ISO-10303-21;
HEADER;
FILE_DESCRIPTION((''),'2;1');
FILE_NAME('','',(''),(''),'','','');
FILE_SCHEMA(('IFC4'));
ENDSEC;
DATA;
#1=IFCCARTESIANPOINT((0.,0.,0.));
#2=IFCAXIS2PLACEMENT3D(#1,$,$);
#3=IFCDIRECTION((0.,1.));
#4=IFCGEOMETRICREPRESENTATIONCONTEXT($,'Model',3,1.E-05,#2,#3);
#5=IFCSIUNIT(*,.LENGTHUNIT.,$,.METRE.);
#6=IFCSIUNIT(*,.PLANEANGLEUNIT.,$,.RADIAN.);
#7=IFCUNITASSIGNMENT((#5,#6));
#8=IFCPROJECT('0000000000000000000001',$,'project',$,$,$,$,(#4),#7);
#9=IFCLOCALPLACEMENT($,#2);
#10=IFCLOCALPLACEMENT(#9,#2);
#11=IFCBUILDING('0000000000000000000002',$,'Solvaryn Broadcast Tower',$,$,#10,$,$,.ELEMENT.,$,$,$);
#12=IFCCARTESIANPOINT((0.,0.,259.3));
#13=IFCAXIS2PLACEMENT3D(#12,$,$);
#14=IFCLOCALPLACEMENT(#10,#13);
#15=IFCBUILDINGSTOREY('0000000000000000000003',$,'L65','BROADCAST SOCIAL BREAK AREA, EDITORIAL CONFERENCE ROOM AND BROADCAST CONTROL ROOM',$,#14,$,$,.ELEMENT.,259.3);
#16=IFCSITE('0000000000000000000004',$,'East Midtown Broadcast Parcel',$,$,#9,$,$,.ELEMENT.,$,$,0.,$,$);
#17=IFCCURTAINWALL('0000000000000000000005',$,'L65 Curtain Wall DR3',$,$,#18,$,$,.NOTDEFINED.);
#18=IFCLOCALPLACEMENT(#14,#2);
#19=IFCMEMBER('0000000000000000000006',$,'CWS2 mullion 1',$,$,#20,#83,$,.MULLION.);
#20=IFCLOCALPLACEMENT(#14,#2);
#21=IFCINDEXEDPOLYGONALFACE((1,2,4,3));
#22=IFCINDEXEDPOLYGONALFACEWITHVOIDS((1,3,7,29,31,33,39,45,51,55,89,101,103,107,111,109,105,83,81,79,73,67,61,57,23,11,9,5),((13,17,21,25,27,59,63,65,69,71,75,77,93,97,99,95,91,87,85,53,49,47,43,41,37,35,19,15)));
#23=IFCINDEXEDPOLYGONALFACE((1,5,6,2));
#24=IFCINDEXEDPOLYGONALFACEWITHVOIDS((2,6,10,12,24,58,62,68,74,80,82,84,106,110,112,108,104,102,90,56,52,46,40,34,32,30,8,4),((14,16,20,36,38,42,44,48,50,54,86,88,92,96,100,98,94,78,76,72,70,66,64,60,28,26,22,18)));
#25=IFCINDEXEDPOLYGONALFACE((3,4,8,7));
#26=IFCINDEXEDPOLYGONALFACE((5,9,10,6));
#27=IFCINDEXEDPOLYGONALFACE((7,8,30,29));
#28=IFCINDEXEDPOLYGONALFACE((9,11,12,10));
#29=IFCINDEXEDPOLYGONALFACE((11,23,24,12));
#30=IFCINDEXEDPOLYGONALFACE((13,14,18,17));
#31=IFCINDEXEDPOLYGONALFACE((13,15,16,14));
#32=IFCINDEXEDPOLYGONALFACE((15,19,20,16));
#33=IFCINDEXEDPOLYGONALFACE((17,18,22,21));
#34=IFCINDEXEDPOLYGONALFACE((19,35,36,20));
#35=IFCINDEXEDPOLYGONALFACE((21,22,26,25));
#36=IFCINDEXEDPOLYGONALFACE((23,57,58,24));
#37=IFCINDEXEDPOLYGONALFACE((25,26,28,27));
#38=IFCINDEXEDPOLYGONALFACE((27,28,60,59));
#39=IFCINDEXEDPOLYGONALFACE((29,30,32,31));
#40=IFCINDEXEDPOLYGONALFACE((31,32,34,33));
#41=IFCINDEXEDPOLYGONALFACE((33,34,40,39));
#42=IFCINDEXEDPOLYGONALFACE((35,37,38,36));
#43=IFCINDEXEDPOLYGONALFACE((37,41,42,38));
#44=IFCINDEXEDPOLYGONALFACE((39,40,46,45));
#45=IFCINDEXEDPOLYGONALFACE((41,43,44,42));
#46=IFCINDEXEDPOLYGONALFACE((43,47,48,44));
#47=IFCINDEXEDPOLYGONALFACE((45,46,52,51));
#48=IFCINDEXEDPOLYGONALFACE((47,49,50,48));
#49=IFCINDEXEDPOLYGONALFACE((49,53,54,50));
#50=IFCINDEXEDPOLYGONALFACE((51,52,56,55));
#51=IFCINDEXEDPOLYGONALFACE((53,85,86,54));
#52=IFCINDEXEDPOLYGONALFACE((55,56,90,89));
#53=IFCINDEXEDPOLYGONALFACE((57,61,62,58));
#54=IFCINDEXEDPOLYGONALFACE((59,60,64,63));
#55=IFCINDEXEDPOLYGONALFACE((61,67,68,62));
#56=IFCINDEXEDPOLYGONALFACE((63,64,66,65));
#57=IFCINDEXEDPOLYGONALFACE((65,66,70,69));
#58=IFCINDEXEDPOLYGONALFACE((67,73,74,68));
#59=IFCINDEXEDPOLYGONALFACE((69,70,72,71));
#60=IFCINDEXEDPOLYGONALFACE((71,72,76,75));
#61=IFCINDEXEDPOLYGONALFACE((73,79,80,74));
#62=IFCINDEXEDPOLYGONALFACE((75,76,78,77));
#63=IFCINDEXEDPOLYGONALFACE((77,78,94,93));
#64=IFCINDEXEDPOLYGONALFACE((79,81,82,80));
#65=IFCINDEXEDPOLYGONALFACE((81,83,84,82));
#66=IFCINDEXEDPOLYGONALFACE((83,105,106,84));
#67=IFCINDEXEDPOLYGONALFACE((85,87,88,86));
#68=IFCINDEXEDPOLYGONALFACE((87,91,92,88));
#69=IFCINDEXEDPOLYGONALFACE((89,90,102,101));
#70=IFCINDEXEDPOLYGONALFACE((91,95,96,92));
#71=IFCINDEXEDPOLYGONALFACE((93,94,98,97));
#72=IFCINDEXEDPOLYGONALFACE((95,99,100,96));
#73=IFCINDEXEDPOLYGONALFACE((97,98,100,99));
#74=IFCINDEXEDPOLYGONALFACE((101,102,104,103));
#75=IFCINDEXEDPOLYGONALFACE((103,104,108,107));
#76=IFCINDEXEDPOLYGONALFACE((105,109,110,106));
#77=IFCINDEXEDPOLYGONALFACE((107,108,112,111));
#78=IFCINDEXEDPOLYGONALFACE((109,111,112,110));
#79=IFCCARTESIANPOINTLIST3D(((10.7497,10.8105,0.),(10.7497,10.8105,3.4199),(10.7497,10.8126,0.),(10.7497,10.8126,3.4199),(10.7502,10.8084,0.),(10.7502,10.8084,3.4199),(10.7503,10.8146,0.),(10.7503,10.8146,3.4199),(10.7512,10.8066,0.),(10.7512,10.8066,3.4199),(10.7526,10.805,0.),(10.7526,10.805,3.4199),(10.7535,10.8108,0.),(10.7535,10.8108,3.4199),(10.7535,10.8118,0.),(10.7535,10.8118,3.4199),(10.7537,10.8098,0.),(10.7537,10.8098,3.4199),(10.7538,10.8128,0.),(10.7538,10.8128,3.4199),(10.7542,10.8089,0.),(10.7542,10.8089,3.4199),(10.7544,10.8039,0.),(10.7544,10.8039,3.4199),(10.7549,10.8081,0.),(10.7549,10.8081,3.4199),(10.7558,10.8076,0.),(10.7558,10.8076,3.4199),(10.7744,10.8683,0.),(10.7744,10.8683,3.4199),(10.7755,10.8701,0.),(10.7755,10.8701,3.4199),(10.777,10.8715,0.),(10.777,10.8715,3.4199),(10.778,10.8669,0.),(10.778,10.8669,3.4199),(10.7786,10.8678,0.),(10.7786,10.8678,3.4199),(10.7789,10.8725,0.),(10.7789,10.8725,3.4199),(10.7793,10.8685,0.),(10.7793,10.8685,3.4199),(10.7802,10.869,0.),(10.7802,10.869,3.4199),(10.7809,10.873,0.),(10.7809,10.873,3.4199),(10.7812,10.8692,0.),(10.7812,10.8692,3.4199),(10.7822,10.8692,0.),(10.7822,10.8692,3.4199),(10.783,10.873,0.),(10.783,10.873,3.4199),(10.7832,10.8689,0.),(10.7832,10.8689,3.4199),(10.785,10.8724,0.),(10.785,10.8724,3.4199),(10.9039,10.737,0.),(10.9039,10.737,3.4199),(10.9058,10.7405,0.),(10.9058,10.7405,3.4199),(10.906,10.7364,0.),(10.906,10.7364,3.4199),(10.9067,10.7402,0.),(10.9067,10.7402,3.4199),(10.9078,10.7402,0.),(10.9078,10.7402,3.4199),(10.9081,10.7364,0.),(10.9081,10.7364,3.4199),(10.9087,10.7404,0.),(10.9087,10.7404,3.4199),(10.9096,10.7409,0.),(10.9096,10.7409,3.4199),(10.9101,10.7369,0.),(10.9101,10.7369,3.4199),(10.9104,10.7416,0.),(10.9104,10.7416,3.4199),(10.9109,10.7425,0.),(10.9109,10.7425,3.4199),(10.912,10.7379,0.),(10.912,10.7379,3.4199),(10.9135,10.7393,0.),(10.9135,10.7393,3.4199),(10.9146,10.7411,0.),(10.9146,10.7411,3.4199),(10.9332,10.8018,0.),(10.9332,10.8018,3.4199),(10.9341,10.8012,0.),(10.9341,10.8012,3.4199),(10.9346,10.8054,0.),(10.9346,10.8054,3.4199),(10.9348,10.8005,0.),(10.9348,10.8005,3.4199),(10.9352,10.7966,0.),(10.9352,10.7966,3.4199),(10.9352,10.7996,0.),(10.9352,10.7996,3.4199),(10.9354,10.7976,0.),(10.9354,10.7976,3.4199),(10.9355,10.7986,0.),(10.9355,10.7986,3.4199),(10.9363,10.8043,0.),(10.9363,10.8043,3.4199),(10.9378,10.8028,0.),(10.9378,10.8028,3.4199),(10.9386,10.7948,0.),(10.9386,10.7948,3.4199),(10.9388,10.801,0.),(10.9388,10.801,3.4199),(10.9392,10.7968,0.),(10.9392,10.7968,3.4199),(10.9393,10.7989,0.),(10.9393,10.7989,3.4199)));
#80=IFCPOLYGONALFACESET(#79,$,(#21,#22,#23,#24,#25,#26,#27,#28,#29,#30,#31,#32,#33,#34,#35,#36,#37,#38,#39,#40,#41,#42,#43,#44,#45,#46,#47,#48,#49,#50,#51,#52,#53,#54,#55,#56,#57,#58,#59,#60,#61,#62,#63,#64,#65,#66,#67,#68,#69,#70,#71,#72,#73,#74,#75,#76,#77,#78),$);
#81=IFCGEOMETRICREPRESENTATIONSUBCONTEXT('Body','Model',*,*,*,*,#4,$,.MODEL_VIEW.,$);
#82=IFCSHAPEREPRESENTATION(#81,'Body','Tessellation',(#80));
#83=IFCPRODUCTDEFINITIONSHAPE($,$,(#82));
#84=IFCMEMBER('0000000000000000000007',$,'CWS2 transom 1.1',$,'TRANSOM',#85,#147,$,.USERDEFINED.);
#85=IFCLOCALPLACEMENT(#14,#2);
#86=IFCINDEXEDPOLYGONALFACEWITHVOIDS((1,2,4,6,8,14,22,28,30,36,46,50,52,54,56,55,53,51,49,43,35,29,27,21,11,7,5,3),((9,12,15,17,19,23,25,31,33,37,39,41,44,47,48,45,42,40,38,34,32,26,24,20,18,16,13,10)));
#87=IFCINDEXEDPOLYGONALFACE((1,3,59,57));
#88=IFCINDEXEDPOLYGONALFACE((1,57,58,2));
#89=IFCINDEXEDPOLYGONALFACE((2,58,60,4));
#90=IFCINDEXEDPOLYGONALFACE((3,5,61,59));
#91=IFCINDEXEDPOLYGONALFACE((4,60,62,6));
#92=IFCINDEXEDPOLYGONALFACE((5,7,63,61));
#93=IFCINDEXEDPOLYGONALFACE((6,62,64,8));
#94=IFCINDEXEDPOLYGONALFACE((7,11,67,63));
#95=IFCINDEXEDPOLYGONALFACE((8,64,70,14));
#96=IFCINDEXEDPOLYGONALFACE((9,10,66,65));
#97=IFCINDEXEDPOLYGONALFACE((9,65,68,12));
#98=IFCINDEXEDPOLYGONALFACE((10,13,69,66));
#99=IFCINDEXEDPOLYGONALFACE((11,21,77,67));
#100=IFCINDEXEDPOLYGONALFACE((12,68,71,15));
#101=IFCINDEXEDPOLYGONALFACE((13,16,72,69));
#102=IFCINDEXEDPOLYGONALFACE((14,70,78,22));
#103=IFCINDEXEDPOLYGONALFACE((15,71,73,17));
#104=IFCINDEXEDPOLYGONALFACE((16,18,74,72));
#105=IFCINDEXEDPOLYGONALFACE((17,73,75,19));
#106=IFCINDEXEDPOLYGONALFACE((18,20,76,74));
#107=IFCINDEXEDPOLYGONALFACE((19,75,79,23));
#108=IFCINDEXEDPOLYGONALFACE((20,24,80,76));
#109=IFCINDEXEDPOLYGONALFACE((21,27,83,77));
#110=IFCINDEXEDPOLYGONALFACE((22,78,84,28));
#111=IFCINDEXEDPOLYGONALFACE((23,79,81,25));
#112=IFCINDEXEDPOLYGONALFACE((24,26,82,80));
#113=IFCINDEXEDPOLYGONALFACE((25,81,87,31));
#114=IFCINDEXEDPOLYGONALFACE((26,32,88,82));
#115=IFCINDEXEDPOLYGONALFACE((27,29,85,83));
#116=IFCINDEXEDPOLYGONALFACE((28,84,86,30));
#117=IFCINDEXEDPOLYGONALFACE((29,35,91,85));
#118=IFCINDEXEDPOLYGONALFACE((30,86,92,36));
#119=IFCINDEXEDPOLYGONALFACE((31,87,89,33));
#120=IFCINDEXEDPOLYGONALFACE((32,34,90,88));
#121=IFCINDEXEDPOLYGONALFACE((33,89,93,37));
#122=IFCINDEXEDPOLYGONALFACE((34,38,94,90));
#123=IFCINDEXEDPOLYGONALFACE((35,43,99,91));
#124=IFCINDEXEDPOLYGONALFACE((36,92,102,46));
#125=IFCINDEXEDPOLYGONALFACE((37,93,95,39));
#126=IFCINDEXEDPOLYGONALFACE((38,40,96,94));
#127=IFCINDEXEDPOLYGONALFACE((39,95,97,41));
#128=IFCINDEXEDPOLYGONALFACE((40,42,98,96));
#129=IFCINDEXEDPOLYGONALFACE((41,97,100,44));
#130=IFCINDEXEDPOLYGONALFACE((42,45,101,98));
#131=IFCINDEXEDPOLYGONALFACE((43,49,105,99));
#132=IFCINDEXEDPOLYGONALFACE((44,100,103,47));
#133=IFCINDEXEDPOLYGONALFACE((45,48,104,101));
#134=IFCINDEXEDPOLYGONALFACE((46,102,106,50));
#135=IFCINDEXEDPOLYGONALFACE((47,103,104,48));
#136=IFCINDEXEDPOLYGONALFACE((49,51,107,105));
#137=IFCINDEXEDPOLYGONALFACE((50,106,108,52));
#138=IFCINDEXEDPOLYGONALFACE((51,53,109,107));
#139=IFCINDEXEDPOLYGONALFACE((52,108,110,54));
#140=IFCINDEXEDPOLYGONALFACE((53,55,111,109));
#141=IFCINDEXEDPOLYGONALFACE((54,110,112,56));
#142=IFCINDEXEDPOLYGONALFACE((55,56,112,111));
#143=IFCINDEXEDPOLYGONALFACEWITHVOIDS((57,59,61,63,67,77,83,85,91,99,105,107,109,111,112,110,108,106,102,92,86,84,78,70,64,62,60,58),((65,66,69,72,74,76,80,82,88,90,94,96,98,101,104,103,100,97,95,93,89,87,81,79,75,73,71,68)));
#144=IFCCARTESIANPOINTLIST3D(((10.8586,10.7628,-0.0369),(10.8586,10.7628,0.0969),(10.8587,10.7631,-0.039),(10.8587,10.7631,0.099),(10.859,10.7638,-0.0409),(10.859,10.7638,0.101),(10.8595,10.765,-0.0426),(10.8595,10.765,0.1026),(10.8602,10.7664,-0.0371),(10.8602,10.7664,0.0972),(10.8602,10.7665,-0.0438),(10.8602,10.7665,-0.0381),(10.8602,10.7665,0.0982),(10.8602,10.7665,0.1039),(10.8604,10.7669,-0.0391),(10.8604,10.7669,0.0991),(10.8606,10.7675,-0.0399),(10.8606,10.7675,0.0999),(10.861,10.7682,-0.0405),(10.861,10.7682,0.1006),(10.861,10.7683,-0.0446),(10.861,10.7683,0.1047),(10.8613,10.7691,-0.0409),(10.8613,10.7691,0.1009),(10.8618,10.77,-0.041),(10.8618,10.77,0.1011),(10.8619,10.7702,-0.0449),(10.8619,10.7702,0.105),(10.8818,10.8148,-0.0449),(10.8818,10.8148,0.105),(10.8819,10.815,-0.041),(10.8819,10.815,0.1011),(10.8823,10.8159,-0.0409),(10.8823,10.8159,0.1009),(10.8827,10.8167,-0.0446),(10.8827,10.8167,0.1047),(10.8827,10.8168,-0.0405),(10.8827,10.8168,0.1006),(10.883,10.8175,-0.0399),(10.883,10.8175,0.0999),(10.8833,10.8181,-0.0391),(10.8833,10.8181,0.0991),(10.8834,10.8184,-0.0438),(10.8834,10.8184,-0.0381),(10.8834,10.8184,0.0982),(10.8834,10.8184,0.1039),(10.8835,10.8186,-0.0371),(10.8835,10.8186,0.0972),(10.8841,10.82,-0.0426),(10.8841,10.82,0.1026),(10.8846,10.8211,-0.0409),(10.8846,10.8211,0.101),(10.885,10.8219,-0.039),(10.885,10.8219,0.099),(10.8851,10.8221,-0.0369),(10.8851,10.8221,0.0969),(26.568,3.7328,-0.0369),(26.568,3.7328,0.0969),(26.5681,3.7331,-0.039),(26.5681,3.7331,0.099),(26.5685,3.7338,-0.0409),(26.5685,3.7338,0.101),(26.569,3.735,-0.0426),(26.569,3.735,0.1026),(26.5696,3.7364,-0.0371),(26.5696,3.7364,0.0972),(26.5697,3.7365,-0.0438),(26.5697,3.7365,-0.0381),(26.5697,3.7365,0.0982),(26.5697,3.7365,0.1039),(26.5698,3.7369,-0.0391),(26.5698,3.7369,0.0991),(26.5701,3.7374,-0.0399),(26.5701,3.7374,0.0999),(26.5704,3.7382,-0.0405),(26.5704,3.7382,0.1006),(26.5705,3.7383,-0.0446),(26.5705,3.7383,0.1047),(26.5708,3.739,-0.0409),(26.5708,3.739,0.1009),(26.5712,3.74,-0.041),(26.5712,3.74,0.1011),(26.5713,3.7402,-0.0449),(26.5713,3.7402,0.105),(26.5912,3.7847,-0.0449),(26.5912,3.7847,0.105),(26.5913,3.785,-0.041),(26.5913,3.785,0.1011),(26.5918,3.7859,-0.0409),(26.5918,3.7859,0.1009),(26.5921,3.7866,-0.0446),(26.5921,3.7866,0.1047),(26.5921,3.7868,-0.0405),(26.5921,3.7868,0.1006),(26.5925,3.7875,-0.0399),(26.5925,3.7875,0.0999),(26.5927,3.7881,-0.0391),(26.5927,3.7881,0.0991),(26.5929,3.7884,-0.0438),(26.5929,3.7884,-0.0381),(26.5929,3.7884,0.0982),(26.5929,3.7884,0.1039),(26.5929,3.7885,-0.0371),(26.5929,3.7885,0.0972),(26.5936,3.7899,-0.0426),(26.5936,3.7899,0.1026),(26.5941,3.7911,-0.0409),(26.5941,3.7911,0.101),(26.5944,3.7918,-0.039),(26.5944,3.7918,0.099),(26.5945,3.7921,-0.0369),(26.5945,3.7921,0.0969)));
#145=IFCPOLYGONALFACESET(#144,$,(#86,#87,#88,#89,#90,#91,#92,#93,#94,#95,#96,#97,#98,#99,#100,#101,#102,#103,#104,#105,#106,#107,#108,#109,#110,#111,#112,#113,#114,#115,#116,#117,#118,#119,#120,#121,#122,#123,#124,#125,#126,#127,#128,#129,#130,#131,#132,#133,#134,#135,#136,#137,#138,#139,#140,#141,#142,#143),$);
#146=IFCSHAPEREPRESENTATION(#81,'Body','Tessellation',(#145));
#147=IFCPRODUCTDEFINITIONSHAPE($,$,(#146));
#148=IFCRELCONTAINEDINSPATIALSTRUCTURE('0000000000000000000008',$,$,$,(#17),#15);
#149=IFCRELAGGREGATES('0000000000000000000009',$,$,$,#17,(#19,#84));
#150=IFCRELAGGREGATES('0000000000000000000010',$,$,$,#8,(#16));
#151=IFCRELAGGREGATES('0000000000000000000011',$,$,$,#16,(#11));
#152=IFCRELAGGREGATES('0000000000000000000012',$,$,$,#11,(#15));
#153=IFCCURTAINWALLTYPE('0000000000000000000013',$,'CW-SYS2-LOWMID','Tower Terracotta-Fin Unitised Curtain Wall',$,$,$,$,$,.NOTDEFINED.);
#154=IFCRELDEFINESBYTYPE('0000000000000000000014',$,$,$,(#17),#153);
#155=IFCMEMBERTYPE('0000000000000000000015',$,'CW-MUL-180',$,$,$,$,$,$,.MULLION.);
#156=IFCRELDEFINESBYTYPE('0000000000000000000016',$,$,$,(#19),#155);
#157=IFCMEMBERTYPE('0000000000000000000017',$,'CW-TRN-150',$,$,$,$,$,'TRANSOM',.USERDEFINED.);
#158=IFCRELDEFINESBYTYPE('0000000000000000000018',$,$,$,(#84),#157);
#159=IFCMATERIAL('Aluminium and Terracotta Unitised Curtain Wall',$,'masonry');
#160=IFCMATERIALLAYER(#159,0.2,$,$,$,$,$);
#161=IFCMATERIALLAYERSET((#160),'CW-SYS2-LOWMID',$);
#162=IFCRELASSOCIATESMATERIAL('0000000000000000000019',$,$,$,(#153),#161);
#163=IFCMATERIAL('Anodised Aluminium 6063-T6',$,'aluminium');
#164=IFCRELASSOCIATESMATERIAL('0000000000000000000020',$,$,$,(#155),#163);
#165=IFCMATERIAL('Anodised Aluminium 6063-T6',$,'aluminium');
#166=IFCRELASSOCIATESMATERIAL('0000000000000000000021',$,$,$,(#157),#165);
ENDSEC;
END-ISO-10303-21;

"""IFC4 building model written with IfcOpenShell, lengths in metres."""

from ifc_helpers import new_model, si_unit, direction, frame, origin, origin_2d, place, context, subcontext, project, spatial, hollow_rectangle, extrude, material, layer, layer_set, material_profile, profile_set, type_object, element, aggregate, save


model = new_model("IFC4")

# Units and contexts
model_context = context("Model", 3, precision=1e-05, world=origin(), true_north=direction((0.0, 1.0)))
body_context = subcontext(model_context, "Body", "Model", "MODEL_VIEW")
ifc_project = project(units=[si_unit("LENGTHUNIT", "METRE"), si_unit("PLANEANGLEUNIT", "RADIAN")], contexts=[model_context])

# Site, building, storey
site_placement = place(None, origin())
site = spatial("IfcSite", under=ifc_project, at=site_placement, Name="East Midtown Broadcast Parcel", CompositionType="ELEMENT", RefElevation=0.0)
building_placement = place(site_placement, origin())
building = spatial("IfcBuilding", under=site, at=building_placement, Name="Solvaryn Broadcast Tower", CompositionType="ELEMENT")
storey_placement = place(building_placement, frame((0.0, 0.0, 259.3)))
storey = spatial("IfcBuildingStorey", under=building, at=storey_placement, Name="L65", Description="BROADCAST SOCIAL BREAK AREA, EDITORIAL CONFERENCE ROOM AND BROADCAST CONTROL ROOM", CompositionType="ELEMENT", Elevation=259.3)

# Shared definitions
ifc_material_1 = material(Name="Aluminium and Terracotta Unitised Curtain Wall", Category="masonry")
ifc_layer_1 = layer(ifc_material_1, 0.2)
ifc_layer_set_1 = layer_set([ifc_layer_1], Name="CW-SYS2-LOWMID")
curtain_wall_type = type_object("IfcCurtainWallType", Name="CW-SYS2-LOWMID", Description="Tower Terracotta-Fin Unitised Curtain Wall", PredefinedType="NOTDEFINED", material=ifc_layer_set_1)
ifc_material_2 = material(Name="Anodised Aluminium 6063-T6", Category="aluminium")
ifc_material_profile_1 = material_profile(ifc_material_2, hollow_rectangle(XDim=0.075, YDim=0.1799, WallThickness=0.0039, InnerFilletRadius=0.0039, OuterFilletRadius=0.0081, at=origin_2d()))
ifc_profile_set_1 = profile_set([ifc_material_profile_1], Name="Anodised Aluminium 6063-T6")
member_type_1 = type_object("IfcMemberType", Name="CW-MUL-180", PredefinedType="MULLION", material=ifc_profile_set_1)

# Curtain wall, members
curtain_wall_1_placement = place(storey_placement, origin())
curtain_wall_1 = element("IfcCurtainWall", 1, at=curtain_wall_1_placement, inside=storey, type_object=curtain_wall_type, Name="L65 Curtain Wall DR3", PredefinedType="NOTDEFINED")
member_1_placement = place(storey_placement, frame((10.8445, 10.8047, 0.0), z_axis=(0.0, 0.0, 1.0), x_axis=(0.408466, 0.912774, 0.0)))
member_1 = element("IfcMember", 2, at=member_1_placement, type_object=member_type_1, Name="CWS2 mullion 1", PredefinedType="MULLION", context=body_context, shape_type="SweptSolid", body=[
    extrude(hollow_rectangle(XDim=0.075, YDim=0.1799, WallThickness=0.0039, InnerFilletRadius=0.0039, OuterFilletRadius=0.0081, at=origin_2d()), origin(), (0.0, 0.0, 1.0), 3.4199),
])
ifc_material_3 = material(Name="Anodised Aluminium 6063-T6", Category="aluminium")
ifc_material_profile_2 = material_profile(ifc_material_3, hollow_rectangle(XDim=0.0649, YDim=0.1499, WallThickness=0.0039, InnerFilletRadius=0.0039, OuterFilletRadius=0.0081, at=origin_2d()))
ifc_profile_set_2 = profile_set([ifc_material_profile_2], Name="Anodised Aluminium 6063-T6")
member_type_2 = type_object("IfcMemberType", Name="CW-TRN-150", ElementType="TRANSOM", PredefinedType="USERDEFINED", material=ifc_profile_set_2)
member_2_placement = place(storey_placement, frame((10.8718, 10.7925, 0.03), z_axis=(0.912773, -0.408468, 0.0), x_axis=(0.408468, 0.912773, 0.0)))
member_2 = element("IfcMember", 3, at=member_2_placement, type_object=member_type_2, Name="CWS2 transom 1.1", ObjectType="TRANSOM", PredefinedType="USERDEFINED", context=body_context, shape_type="SweptSolid", body=[
    extrude(hollow_rectangle(XDim=0.0649, YDim=0.1499, WallThickness=0.0039, InnerFilletRadius=0.0039, OuterFilletRadius=0.0081, at=origin_2d()), origin(), (0.0, 0.0, 1.0), 17.2107),
])
aggregate(curtain_wall_1, [member_1, member_2])

save(model, "model.ifc")
